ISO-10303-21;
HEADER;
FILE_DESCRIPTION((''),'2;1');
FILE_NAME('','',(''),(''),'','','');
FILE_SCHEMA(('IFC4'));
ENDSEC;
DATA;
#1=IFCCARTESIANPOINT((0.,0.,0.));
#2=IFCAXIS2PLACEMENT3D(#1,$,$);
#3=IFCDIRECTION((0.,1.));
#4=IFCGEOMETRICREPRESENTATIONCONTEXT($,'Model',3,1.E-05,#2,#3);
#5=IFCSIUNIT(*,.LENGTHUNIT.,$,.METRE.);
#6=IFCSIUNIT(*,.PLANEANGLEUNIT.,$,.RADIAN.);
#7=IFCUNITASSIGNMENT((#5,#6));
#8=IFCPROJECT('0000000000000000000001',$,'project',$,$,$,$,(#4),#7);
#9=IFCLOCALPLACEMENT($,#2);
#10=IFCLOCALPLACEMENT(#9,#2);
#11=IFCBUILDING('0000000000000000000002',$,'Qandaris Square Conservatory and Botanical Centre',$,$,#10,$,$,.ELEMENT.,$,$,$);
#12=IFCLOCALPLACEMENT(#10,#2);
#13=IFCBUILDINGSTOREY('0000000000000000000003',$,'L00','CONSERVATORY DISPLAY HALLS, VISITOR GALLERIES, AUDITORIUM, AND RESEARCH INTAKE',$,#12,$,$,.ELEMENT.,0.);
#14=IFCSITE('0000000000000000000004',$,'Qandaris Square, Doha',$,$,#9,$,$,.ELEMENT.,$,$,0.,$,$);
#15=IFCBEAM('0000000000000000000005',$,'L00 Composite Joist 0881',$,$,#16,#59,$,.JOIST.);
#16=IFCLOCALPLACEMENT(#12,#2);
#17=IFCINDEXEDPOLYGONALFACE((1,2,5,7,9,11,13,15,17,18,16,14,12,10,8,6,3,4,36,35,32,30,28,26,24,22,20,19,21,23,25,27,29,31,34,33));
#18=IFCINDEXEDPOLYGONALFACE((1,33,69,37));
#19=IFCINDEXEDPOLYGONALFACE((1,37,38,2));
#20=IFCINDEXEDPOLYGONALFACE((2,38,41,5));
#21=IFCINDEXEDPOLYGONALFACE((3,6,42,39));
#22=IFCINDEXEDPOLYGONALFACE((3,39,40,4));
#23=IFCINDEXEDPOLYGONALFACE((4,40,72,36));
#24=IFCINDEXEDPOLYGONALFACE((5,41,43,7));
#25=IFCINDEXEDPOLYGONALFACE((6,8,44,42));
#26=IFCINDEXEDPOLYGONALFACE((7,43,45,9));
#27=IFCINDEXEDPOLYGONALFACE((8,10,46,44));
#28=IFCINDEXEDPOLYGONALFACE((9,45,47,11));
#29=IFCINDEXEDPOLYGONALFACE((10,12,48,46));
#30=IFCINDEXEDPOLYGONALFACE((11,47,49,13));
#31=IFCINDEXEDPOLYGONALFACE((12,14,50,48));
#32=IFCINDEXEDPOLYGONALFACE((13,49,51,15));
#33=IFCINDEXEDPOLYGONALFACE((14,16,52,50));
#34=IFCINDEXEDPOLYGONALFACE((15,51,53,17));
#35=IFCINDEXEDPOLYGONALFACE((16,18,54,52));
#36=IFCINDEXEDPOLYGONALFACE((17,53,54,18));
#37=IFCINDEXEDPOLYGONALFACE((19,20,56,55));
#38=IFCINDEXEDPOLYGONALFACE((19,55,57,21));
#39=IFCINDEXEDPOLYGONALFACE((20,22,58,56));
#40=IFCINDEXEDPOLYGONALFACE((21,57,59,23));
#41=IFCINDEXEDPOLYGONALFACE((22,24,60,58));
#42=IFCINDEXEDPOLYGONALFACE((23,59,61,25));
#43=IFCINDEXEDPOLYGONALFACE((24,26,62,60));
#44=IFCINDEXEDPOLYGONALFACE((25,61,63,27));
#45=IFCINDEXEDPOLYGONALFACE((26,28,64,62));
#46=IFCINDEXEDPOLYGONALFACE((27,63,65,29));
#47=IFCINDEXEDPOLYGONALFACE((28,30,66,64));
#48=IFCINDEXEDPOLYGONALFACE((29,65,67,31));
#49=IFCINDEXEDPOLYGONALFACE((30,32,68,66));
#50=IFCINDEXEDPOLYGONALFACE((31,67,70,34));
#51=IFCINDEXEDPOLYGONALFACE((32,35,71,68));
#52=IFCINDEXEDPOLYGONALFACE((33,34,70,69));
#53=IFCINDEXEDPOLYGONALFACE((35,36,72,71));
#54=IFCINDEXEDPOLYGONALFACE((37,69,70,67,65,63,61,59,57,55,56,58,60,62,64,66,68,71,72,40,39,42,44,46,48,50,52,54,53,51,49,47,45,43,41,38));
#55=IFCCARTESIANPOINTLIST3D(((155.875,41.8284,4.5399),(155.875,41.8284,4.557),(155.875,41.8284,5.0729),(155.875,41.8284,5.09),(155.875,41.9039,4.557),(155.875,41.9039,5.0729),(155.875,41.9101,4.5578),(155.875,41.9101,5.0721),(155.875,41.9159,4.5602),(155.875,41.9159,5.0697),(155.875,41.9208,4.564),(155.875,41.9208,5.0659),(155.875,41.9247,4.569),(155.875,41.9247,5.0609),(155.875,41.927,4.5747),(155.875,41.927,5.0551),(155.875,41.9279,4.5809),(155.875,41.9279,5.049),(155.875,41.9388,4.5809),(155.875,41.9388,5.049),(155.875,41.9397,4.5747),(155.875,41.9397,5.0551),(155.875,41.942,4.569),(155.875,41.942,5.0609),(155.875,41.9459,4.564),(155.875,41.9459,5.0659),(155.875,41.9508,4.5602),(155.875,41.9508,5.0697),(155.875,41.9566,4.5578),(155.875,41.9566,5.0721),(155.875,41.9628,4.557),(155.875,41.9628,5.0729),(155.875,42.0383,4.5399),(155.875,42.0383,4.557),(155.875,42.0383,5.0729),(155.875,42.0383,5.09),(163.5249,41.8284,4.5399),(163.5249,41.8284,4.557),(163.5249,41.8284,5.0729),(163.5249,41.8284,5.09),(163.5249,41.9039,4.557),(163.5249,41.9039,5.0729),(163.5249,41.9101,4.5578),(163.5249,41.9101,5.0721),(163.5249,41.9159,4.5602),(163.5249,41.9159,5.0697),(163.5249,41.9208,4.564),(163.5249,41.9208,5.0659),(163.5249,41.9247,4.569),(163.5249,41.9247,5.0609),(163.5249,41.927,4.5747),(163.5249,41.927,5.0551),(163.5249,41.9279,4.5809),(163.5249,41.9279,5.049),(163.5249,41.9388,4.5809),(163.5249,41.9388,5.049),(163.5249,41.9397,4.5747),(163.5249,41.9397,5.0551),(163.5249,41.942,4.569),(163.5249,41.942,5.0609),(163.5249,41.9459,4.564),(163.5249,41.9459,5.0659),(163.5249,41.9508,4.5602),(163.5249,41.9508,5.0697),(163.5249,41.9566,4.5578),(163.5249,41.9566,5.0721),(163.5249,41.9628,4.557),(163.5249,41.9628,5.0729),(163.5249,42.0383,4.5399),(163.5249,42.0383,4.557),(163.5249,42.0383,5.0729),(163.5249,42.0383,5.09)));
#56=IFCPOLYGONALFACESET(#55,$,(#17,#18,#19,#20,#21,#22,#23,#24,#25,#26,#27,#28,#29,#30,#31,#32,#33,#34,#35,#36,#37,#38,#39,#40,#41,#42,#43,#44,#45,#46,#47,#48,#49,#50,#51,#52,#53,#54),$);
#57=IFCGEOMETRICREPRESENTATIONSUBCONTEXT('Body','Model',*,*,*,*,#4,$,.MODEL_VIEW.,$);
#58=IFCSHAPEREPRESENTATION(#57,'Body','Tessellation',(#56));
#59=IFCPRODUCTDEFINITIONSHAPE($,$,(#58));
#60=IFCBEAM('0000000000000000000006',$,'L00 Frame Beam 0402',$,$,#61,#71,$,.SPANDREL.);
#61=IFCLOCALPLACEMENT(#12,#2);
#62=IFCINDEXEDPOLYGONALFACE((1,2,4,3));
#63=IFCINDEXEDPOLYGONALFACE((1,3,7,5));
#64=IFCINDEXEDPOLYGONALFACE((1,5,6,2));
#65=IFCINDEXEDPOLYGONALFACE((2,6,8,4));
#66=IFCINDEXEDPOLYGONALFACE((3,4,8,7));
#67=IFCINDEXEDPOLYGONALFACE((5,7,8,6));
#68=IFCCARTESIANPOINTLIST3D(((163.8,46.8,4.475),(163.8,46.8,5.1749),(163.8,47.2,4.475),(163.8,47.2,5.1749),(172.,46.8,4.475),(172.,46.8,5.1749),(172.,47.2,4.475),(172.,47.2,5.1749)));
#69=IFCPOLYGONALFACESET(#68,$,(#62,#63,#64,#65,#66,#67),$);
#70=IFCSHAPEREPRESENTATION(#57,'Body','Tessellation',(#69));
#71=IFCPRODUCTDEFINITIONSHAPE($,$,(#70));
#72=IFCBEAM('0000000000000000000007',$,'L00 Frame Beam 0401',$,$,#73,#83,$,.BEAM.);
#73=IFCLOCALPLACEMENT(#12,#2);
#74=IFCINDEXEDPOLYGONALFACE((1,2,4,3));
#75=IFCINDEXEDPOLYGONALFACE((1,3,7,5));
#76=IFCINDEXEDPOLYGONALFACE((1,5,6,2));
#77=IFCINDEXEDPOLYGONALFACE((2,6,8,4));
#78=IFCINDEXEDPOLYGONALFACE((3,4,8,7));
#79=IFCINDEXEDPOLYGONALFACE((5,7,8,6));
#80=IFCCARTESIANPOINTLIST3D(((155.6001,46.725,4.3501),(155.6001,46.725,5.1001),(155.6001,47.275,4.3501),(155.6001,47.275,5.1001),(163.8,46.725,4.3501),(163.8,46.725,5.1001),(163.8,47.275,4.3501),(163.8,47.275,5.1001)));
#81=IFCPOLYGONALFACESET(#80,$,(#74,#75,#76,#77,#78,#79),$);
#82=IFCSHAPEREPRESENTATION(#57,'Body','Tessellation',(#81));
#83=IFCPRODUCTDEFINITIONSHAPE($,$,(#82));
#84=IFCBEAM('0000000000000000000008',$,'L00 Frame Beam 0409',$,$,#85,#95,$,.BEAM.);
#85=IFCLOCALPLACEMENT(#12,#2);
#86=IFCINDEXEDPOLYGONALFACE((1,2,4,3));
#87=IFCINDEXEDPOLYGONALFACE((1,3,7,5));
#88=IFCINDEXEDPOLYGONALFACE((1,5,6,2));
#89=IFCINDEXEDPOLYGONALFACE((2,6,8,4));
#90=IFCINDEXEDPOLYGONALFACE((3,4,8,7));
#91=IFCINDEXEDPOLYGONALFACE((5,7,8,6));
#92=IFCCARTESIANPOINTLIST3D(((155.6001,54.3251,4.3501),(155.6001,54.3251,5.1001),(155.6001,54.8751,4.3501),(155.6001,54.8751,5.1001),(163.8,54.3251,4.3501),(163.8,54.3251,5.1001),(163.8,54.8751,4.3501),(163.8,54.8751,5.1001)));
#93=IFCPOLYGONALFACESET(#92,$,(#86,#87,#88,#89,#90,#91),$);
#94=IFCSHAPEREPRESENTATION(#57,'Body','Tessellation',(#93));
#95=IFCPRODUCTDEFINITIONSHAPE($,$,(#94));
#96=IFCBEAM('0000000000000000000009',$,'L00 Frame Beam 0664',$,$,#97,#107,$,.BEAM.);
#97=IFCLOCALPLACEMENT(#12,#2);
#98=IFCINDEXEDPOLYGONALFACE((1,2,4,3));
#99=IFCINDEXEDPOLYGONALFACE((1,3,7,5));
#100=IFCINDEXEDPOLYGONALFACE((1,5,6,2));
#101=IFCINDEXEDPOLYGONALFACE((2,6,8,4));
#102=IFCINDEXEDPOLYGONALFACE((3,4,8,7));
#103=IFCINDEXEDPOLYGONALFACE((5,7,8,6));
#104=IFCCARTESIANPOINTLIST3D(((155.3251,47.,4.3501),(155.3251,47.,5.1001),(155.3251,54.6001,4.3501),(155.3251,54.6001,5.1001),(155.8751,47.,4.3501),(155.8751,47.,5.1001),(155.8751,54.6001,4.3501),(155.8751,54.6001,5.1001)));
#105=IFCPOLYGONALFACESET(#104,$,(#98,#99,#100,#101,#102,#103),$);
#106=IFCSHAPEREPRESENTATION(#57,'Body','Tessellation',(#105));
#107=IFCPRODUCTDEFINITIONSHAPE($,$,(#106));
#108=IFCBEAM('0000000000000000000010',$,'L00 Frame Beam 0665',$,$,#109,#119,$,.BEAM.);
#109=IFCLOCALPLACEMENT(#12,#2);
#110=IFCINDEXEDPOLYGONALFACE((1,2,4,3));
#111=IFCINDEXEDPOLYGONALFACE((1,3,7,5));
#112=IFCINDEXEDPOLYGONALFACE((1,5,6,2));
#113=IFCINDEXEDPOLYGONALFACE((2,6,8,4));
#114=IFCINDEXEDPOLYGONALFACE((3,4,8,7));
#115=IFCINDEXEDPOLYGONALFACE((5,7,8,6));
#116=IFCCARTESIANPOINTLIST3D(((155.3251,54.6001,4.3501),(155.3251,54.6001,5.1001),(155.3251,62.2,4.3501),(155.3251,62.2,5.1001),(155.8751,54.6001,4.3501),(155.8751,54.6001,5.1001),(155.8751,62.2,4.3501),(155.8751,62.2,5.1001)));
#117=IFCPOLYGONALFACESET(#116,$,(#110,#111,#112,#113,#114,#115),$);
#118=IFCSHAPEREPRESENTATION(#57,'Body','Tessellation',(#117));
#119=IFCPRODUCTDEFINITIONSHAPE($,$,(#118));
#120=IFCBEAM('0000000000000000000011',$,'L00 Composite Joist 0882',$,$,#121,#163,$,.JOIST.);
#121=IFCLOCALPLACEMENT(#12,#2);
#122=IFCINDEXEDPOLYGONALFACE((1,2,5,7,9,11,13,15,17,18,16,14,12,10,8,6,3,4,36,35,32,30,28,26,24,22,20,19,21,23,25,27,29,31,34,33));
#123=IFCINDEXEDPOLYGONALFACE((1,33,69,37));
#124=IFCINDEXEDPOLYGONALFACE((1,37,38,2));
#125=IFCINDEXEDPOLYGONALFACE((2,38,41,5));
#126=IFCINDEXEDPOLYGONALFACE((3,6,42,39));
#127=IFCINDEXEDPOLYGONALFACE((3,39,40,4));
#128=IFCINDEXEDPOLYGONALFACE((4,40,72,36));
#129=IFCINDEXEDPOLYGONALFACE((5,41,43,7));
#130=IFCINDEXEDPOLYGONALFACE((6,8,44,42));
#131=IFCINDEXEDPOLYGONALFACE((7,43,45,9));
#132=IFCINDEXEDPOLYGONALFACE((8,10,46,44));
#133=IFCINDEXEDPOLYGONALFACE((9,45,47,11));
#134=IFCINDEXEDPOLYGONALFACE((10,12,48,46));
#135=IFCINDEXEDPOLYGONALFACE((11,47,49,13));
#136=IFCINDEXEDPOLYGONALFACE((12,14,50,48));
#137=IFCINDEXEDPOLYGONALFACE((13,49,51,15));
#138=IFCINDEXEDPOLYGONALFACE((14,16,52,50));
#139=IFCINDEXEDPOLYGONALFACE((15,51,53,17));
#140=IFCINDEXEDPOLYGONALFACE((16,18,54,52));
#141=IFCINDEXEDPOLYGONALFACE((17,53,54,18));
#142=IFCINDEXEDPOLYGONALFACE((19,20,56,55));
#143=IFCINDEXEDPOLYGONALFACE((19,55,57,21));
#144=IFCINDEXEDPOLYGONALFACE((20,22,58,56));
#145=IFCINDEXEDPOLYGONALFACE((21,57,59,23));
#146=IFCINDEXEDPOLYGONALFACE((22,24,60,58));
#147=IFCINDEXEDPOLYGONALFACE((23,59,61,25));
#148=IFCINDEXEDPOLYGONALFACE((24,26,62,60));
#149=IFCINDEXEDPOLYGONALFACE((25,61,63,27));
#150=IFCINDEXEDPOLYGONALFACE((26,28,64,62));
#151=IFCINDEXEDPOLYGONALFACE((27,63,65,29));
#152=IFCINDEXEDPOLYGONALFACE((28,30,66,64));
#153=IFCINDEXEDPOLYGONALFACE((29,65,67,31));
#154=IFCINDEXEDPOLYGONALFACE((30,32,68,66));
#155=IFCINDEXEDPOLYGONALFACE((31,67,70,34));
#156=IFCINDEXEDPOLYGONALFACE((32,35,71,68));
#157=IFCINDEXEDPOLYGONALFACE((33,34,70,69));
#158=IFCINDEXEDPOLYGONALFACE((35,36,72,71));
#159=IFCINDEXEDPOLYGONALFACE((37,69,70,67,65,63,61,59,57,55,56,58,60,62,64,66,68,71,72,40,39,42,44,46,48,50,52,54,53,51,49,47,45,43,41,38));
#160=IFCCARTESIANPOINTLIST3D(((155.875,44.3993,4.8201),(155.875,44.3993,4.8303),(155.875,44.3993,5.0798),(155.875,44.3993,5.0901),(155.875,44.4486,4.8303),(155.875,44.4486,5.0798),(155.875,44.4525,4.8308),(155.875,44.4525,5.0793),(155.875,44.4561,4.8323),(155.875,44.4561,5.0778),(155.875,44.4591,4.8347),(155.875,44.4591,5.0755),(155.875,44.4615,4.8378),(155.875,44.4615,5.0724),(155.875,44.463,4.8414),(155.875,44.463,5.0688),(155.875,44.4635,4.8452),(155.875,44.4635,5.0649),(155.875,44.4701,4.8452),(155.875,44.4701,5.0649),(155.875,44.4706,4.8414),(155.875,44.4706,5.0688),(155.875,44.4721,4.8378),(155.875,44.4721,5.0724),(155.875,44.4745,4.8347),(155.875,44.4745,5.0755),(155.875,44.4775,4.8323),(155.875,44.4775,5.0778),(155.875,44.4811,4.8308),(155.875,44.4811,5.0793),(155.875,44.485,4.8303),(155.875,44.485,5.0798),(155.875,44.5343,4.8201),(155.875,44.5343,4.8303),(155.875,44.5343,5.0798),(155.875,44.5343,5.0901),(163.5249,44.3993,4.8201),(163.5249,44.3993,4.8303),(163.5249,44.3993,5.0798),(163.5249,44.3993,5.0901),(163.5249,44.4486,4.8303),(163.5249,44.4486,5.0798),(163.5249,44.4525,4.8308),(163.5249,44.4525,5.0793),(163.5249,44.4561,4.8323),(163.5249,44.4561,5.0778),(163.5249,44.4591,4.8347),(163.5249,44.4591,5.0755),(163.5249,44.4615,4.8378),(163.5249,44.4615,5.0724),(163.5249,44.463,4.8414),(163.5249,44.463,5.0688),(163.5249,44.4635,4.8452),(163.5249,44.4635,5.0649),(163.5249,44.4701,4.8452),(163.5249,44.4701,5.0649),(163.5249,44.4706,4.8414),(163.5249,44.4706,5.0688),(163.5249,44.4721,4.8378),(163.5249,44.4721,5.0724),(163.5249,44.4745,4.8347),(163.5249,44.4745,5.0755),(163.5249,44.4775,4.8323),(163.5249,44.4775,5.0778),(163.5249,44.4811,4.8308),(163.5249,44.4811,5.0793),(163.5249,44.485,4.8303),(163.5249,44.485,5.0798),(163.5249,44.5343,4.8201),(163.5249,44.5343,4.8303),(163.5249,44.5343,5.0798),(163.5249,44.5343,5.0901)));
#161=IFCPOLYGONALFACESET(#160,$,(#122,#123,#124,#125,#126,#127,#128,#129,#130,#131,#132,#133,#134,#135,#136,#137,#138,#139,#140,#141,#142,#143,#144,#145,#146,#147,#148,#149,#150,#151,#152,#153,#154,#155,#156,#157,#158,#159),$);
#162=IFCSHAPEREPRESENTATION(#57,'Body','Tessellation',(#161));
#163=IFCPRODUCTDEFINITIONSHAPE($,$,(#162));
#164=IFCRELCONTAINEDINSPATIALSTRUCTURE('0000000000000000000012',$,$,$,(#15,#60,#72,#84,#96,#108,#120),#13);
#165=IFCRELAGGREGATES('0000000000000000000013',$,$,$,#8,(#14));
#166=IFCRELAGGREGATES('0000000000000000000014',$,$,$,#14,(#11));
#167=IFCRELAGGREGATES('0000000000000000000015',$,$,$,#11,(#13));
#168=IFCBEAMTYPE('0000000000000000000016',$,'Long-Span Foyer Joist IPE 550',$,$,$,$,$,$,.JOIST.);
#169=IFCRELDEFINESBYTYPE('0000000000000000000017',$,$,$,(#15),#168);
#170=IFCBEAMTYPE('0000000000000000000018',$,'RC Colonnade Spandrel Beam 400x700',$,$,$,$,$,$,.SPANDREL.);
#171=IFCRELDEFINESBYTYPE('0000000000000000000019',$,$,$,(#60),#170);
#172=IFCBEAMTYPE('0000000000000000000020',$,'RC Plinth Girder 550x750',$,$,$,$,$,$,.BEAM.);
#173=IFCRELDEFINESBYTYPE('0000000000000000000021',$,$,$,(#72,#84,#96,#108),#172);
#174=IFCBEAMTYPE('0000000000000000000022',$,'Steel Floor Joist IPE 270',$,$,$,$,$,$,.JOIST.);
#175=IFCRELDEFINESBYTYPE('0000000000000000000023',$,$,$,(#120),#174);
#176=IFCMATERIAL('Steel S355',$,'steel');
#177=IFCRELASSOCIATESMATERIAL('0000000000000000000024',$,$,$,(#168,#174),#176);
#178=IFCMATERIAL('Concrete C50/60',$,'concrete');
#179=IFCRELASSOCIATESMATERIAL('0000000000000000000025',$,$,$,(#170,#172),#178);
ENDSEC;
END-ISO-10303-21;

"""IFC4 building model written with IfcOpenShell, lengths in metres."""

from ifc_helpers import new_model, si_unit, direction, frame, origin, origin_2d, place, context, subcontext, project, spatial, rectangle, i_section, extrude, material, material_profile, profile_set, type_object, element, save


model = new_model("IFC4")

# Units and contexts
model_context = context("Model", 3, precision=1e-05, world=origin(), true_north=direction((0.0, 1.0)))
body_context = subcontext(model_context, "Body", "Model", "MODEL_VIEW")
ifc_project = project(units=[si_unit("LENGTHUNIT", "METRE"), si_unit("PLANEANGLEUNIT", "RADIAN")], contexts=[model_context])

# Site, building, storey
site_placement = place(None, origin())
site = spatial("IfcSite", under=ifc_project, at=site_placement, Name="Qandaris Square, Doha", CompositionType="ELEMENT", RefElevation=0.0)
building_placement = place(site_placement, origin())
building = spatial("IfcBuilding", under=site, at=building_placement, Name="Qandaris Square Conservatory and Botanical Centre", CompositionType="ELEMENT")
storey_placement = place(building_placement, origin())
storey = spatial("IfcBuildingStorey", under=building, at=storey_placement, Name="L00", Description="CONSERVATORY DISPLAY HALLS, VISITOR GALLERIES, AUDITORIUM, AND RESEARCH INTAKE", CompositionType="ELEMENT", Elevation=0.0)

# Shared definitions
ifc_material_1 = material(Name="Concrete C50/60", Category="concrete")

# Beams
ifc_material_2 = material(Name="Steel S355", Category="steel")
ifc_material_profile_1 = material_profile(ifc_material_2, i_section(OverallWidth=0.21, OverallDepth=0.55, WebThickness=0.011, FlangeThickness=0.0171, FilletRadius=0.0239, at=origin_2d()), Name="IPE 550")
ifc_profile_set_1 = profile_set([ifc_material_profile_1], Name="Steel S355")
beam_type_1 = type_object("IfcBeamType", Name="Long-Span Foyer Joist IPE 550", PredefinedType="JOIST", material=ifc_profile_set_1)
beam_1_placement = place(storey_placement, frame((155.875, 41.9333, 4.8149), z_axis=(1.0, 0.0, 0.0), x_axis=(0.0, 1.0, 0.0)))
element("IfcBeam", 1, at=beam_1_placement, inside=storey, type_object=beam_type_1, Name="L00 Composite Joist 0881", PredefinedType="JOIST", context=body_context, shape_type="SweptSolid", body=[
    extrude(i_section(OverallWidth=0.21, OverallDepth=0.55, WebThickness=0.011, FlangeThickness=0.0171, FilletRadius=0.0239, at=origin_2d()), origin(), (0.0, 0.0, 1.0), 7.6499),
])
ifc_material_profile_2 = material_profile(ifc_material_1, rectangle(XDim=0.3999, YDim=0.7, at=origin_2d()), Name="RC-SP 400x700")
ifc_profile_set_2 = profile_set([ifc_material_profile_2], Name="Concrete C50/60")
beam_type_2 = type_object("IfcBeamType", Name="RC Colonnade Spandrel Beam 400x700", PredefinedType="SPANDREL", material=ifc_profile_set_2)
beam_2_placement = place(storey_placement, frame((163.8, 47.0, 4.825), z_axis=(1.0, 0.0, 0.0), x_axis=(0.0, 1.0, 0.0)))
element("IfcBeam", 2, at=beam_2_placement, inside=storey, type_object=beam_type_2, Name="L00 Frame Beam 0402", PredefinedType="SPANDREL", context=body_context, shape_type="SweptSolid", body=[
    extrude(rectangle(XDim=0.3999, YDim=0.7, at=origin_2d()), origin(), (0.0, 0.0, 1.0), 8.2),
])
ifc_material_profile_3 = material_profile(ifc_material_1, rectangle(XDim=0.55, YDim=0.75, at=origin_2d()), Name="RC-BM 550x750")
ifc_profile_set_3 = profile_set([ifc_material_profile_3], Name="Concrete C50/60")
beam_type_3 = type_object("IfcBeamType", Name="RC Plinth Girder 550x750", PredefinedType="BEAM", material=ifc_profile_set_3)
for number, where, z_axis, x_axis, name in (
    (3, (155.6001, 47.0, 4.7251), (1.0, 0.0, 0.0), (0.0, 1.0, 0.0), "L00 Frame Beam 0401"),
    (4, (155.6001, 54.6001, 4.7251), (1.0, 0.0, 0.0), (0.0, 1.0, 0.0), "L00 Frame Beam 0409"),
):
    element("IfcBeam", number, at=place(storey_placement, frame(where, z_axis=z_axis, x_axis=x_axis)), inside=storey, type_object=beam_type_3, Name=name, PredefinedType="BEAM", context=body_context, shape_type="SweptSolid", body=[
        extrude(rectangle(XDim=0.55, YDim=0.75, at=origin_2d()), origin(), (0.0, 0.0, 1.0), 8.2),
    ])
beam_3_placement = place(storey_placement, frame((155.6001, 47.0, 4.7251), z_axis=(0.0, 1.0, 0.0), x_axis=(-1.0, 0.0, 0.0)))
element("IfcBeam", 5, at=beam_3_placement, inside=storey, type_object=beam_type_3, Name="L00 Frame Beam 0664", PredefinedType="BEAM", context=body_context, shape_type="SweptSolid", body=[
    extrude(rectangle(XDim=0.55, YDim=0.75, at=origin_2d()), origin(), (0.0, 0.0, 1.0), 7.6001),
])
beam_4_placement = place(storey_placement, frame((155.6001, 54.6001, 4.7251), z_axis=(0.0, 1.0, 0.0), x_axis=(-1.0, 0.0, 0.0)))
element("IfcBeam", 6, at=beam_4_placement, inside=storey, type_object=beam_type_3, Name="L00 Frame Beam 0665", PredefinedType="BEAM", context=body_context, shape_type="SweptSolid", body=[
    extrude(rectangle(XDim=0.55, YDim=0.75, at=origin_2d()), origin(), (0.0, 0.0, 1.0), 7.5999),
])
ifc_material_profile_4 = material_profile(ifc_material_2, i_section(OverallWidth=0.135, OverallDepth=0.27, WebThickness=0.0066, FlangeThickness=0.0103, FilletRadius=0.0149, at=origin_2d()), Name="IPE 270")
ifc_profile_set_4 = profile_set([ifc_material_profile_4], Name="Steel S355")
beam_type_4 = type_object("IfcBeamType", Name="Steel Floor Joist IPE 270", PredefinedType="JOIST", material=ifc_profile_set_4)
for number, where, z_axis, x_axis, name in (
    (7, (155.875, 44.4668, 4.9551), (1.0, 0.0, 0.0), (0.0, 1.0, 0.0), "L00 Composite Joist 0882"),
):
    element("IfcBeam", number, at=place(storey_placement, frame(where, z_axis=z_axis, x_axis=x_axis)), inside=storey, type_object=beam_type_4, Name=name, PredefinedType="JOIST", context=body_context, shape_type="SweptSolid", body=[
        extrude(i_section(OverallWidth=0.135, OverallDepth=0.27, WebThickness=0.0066, FlangeThickness=0.0103, FilletRadius=0.0149, at=origin_2d()), origin(), (0.0, 0.0, 1.0), 7.6499),
    ])

save(model, "model.ifc")
